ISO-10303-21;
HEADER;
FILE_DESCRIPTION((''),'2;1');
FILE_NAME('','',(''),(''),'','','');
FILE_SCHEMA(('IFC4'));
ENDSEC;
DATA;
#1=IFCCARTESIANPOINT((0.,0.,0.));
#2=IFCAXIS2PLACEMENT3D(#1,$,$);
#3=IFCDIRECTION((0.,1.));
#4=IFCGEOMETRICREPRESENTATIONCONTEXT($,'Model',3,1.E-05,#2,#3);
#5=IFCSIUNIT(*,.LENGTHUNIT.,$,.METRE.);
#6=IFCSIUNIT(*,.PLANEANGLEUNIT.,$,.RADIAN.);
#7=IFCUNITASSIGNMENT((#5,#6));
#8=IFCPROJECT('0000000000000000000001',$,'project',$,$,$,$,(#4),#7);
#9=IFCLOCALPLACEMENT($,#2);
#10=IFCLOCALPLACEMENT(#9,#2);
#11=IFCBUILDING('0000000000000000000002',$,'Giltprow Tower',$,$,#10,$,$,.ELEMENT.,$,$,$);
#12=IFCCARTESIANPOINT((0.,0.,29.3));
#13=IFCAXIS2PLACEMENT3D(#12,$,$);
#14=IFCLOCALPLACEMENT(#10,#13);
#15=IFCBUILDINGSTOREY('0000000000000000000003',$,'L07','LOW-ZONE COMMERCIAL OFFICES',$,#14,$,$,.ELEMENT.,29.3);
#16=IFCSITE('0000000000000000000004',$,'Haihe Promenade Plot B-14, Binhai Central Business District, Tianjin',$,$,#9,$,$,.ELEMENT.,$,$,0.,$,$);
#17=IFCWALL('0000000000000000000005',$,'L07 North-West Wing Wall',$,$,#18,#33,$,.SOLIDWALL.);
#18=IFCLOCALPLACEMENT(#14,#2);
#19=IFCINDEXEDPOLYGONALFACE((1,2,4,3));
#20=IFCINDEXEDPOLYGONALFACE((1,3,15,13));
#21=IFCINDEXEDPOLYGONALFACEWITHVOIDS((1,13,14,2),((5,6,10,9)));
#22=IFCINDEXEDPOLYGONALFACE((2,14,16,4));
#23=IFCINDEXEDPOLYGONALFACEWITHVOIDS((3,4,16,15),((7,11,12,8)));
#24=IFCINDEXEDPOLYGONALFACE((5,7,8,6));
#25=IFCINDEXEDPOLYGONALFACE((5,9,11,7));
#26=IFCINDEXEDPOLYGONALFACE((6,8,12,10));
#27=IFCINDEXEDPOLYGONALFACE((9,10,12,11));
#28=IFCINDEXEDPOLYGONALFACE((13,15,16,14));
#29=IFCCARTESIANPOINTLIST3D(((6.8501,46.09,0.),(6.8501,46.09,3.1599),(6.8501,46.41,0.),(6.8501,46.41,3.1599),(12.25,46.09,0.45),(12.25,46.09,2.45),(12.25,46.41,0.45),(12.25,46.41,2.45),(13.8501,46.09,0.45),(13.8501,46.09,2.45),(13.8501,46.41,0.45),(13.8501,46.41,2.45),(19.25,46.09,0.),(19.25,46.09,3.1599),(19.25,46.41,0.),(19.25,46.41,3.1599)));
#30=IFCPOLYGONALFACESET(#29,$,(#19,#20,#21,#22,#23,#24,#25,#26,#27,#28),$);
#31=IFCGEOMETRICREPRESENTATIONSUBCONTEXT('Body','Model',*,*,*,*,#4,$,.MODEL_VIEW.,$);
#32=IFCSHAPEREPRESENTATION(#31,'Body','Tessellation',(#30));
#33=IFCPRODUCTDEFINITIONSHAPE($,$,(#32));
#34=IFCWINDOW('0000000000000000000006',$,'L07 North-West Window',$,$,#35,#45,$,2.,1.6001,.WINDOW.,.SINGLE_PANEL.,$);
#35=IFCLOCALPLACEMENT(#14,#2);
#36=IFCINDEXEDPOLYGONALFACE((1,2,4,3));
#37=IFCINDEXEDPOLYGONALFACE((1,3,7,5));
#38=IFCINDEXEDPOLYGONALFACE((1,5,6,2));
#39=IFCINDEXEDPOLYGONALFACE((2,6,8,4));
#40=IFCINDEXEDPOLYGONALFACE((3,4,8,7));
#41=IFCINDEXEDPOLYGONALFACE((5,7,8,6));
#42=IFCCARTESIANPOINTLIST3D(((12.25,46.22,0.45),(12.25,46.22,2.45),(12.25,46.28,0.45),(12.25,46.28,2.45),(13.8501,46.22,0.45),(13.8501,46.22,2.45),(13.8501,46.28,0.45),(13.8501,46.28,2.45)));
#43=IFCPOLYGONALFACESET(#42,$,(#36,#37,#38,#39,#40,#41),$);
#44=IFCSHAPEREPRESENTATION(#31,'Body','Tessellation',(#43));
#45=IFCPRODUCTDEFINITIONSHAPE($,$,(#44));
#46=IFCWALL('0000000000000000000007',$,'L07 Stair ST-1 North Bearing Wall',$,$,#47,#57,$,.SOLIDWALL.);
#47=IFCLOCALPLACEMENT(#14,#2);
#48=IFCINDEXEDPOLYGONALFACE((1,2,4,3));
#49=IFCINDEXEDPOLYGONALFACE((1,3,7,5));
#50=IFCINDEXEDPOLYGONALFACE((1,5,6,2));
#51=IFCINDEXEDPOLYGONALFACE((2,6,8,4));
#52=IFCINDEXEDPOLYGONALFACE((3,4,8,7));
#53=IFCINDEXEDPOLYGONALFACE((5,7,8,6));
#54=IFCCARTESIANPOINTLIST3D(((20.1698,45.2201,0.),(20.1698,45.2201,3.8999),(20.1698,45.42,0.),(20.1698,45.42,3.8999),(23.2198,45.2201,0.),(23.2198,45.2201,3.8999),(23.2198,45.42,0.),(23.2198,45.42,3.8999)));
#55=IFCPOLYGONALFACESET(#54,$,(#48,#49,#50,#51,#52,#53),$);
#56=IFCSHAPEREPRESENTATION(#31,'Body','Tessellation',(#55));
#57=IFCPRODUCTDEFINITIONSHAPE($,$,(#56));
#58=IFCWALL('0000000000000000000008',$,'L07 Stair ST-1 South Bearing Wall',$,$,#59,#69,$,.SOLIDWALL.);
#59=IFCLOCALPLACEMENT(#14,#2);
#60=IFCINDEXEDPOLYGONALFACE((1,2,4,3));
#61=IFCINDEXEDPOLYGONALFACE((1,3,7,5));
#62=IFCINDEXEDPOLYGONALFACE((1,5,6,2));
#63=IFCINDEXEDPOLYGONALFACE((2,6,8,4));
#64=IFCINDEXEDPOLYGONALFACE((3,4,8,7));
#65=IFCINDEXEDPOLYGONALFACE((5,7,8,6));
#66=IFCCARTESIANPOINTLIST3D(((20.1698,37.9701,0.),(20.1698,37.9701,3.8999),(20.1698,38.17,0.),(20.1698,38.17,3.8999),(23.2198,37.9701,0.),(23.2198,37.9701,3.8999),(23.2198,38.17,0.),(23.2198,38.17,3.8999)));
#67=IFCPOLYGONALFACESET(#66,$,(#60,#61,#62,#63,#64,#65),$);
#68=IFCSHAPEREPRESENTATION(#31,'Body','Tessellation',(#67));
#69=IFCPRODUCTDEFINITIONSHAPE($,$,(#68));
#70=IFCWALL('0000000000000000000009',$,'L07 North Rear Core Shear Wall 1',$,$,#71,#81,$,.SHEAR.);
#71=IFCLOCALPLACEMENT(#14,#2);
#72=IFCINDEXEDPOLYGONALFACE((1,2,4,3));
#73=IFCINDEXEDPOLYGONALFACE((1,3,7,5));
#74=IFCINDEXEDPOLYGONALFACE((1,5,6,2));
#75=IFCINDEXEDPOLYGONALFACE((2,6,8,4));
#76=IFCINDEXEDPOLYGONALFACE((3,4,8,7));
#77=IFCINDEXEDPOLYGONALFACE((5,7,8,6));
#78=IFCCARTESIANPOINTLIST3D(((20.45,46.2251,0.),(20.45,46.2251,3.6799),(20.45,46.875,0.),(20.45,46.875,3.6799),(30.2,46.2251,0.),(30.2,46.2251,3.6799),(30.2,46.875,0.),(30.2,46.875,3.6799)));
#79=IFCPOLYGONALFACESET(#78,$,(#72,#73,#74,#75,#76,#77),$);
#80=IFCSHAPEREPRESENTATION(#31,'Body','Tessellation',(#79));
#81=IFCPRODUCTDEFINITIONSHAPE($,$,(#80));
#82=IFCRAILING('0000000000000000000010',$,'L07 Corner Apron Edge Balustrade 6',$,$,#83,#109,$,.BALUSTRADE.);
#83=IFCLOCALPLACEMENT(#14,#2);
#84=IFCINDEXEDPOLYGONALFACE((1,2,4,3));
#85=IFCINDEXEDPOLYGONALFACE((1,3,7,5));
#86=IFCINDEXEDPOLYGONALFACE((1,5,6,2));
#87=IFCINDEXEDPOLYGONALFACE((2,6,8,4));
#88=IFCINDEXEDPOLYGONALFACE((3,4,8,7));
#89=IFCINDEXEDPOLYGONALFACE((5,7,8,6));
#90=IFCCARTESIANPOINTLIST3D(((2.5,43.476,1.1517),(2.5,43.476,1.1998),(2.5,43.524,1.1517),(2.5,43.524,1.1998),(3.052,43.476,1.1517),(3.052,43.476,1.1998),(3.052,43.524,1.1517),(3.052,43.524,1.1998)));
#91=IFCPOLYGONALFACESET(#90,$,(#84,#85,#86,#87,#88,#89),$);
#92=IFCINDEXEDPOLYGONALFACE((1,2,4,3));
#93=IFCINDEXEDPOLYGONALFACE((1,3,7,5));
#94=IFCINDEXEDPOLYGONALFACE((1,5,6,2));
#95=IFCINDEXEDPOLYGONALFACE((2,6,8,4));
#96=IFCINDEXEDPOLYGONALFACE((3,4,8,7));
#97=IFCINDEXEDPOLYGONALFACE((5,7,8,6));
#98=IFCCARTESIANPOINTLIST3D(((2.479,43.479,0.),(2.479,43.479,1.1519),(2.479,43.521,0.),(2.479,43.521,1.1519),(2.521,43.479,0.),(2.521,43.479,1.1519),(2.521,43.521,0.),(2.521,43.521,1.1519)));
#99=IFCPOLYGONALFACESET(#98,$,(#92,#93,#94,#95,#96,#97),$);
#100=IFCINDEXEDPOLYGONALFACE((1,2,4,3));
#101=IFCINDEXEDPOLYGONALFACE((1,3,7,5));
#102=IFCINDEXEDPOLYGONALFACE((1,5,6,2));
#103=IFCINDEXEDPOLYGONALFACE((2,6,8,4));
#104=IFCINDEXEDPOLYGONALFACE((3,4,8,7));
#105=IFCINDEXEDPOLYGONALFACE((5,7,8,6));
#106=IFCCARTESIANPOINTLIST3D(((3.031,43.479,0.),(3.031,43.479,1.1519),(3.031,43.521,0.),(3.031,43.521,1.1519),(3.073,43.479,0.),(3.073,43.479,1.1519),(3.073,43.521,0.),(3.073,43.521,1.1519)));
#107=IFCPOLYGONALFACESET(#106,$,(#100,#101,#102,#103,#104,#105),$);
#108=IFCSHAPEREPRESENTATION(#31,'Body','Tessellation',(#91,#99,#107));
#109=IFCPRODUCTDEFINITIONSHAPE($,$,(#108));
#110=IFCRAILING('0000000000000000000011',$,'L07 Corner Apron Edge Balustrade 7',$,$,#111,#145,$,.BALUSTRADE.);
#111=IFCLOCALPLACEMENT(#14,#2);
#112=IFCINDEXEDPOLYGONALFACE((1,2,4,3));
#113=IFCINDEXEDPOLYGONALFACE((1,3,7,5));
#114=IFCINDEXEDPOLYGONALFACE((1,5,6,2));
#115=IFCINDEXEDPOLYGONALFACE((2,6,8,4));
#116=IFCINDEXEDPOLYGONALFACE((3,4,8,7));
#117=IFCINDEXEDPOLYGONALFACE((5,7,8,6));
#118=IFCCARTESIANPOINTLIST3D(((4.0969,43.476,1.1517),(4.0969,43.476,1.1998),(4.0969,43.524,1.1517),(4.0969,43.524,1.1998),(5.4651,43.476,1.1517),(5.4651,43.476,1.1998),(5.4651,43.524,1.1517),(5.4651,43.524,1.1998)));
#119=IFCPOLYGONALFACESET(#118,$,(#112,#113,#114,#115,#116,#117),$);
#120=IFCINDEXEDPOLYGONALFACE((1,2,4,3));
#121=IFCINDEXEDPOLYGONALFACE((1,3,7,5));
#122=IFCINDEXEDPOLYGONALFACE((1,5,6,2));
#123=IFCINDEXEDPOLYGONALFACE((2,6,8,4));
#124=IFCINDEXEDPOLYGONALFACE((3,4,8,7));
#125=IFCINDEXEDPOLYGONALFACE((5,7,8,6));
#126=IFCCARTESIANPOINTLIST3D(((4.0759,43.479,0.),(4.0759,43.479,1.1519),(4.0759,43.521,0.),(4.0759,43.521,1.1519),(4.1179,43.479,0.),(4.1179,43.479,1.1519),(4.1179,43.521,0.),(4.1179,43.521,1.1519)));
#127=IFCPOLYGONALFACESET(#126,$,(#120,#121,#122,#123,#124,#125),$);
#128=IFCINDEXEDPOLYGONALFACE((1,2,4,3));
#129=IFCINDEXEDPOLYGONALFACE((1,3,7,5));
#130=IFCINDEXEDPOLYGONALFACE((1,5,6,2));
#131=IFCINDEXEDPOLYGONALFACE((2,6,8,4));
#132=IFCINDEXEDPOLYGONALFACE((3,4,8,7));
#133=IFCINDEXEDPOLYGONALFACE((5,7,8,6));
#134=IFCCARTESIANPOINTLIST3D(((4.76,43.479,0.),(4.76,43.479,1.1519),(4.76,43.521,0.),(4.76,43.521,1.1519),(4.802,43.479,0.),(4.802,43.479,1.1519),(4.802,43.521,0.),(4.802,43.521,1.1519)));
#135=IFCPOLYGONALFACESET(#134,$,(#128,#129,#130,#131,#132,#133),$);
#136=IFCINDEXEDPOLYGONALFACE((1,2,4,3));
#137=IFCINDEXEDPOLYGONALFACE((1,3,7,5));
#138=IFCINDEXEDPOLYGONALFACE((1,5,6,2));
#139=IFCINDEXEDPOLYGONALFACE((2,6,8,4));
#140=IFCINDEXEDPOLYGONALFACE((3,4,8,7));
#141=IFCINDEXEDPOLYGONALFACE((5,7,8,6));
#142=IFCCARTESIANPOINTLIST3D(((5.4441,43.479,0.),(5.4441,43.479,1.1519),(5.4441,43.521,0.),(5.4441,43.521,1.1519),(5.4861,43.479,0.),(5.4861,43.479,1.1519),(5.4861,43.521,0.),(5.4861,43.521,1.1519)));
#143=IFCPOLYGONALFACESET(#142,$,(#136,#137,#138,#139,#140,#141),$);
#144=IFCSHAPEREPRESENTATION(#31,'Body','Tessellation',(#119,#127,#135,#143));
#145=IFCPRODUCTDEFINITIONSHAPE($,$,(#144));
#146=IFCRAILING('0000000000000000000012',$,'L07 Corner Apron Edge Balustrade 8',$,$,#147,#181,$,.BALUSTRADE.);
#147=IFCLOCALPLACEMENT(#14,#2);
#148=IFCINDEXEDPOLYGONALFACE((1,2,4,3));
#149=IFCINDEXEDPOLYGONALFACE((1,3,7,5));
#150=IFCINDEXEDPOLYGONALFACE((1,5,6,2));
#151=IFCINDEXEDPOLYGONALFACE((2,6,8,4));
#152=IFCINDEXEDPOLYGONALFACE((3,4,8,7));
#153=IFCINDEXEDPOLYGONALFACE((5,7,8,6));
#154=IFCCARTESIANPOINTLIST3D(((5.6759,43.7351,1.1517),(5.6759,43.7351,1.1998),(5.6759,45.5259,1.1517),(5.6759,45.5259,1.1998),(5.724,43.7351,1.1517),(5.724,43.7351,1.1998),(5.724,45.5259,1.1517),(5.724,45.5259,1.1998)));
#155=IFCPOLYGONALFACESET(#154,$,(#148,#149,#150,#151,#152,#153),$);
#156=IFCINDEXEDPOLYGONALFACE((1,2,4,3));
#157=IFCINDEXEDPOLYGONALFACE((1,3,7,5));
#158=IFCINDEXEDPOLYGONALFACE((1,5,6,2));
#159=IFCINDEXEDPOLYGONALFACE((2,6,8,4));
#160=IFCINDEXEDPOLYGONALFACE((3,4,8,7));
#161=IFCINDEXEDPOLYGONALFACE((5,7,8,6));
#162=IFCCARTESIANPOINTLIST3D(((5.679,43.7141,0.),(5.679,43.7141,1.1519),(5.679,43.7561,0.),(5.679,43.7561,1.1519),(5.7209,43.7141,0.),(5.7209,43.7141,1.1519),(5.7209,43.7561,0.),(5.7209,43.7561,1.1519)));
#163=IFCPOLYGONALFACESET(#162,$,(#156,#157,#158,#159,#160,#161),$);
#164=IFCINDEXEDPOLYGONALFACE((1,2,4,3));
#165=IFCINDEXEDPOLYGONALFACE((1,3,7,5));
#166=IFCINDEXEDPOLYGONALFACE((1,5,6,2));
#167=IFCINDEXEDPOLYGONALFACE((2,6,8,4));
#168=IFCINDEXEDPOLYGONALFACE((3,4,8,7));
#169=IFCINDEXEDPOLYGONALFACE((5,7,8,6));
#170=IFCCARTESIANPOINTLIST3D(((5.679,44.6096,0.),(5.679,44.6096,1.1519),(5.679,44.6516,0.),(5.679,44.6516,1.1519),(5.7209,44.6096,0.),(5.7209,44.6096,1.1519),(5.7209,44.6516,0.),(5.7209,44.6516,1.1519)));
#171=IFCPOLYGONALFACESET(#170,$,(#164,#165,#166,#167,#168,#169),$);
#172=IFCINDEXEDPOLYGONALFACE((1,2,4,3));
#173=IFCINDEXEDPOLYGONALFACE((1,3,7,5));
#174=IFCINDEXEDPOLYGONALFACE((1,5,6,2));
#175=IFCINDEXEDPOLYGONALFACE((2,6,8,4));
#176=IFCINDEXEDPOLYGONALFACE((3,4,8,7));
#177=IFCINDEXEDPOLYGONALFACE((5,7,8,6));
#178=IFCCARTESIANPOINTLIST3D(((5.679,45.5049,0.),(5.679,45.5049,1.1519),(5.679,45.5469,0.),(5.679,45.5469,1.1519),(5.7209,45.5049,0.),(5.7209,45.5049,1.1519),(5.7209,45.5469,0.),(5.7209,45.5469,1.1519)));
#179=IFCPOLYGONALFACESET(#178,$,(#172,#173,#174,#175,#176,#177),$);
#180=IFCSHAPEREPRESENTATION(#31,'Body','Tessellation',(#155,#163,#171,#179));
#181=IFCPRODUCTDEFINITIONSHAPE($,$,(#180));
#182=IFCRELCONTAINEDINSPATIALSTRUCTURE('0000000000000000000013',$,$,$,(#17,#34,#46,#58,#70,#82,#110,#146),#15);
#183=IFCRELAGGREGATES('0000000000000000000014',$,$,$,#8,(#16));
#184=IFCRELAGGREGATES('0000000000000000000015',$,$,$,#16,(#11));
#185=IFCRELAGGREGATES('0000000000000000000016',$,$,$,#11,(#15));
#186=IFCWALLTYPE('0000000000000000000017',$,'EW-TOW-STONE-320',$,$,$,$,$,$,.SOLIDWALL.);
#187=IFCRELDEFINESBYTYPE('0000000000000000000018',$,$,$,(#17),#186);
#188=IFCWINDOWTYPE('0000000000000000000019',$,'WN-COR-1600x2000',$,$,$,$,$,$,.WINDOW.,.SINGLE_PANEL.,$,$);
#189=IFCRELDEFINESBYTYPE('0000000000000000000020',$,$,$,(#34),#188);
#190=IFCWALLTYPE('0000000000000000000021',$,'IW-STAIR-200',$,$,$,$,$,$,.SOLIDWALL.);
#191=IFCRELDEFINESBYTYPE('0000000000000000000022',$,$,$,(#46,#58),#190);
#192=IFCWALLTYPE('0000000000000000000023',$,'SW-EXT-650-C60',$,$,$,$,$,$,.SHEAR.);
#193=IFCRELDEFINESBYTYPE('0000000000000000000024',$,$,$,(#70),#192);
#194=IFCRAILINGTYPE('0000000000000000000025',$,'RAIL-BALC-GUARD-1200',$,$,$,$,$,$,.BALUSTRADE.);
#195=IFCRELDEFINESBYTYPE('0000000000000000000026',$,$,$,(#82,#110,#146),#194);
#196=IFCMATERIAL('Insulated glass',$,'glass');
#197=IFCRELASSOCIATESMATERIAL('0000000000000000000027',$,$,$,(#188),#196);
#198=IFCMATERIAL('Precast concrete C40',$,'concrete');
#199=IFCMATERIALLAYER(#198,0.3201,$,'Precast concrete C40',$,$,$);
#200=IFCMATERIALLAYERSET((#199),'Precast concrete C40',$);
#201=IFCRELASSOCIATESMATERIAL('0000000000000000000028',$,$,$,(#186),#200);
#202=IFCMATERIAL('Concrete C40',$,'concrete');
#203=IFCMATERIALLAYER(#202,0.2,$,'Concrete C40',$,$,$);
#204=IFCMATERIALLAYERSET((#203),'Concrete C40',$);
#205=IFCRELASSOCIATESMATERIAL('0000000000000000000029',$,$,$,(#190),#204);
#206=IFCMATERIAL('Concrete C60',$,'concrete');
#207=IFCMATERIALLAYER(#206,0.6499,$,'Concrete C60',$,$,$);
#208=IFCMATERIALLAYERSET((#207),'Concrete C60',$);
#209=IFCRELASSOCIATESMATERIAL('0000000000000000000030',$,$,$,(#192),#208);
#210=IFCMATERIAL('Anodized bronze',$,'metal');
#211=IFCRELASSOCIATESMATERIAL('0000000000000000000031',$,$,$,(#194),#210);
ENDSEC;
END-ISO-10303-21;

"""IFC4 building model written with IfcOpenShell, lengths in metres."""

from ifc_helpers import new_model, si_unit, direction, frame, frame_2d, origin, origin_2d, place, context, subcontext, project, spatial, rectangle, extrude, source, transform, mapped, material, layer, layer_set, type_object, element, fill, save


model = new_model("IFC4")

# Units and contexts
model_context = context("Model", 3, precision=1e-05, world=origin(), true_north=direction((0.0, 1.0)))
body_context = subcontext(model_context, "Body", "Model", "MODEL_VIEW")
ifc_project = project(units=[si_unit("LENGTHUNIT", "METRE"), si_unit("PLANEANGLEUNIT", "RADIAN")], contexts=[model_context])

# Site, building, storey
site_placement = place(None, origin())
site = spatial("IfcSite", under=ifc_project, at=site_placement, Name="Haihe Promenade Plot B-14, Binhai Central Business District, Tianjin", CompositionType="ELEMENT", RefElevation=0.0)
building_placement = place(site_placement, origin())
building = spatial("IfcBuilding", under=site, at=building_placement, Name="Giltprow Tower", CompositionType="ELEMENT")
storey_placement = place(building_placement, frame((0.0, 0.0, 29.3)))
storey = spatial("IfcBuildingStorey", under=building, at=storey_placement, Name="L07", Description="LOW-ZONE COMMERCIAL OFFICES", CompositionType="ELEMENT", Elevation=29.3)

# Shared definitions
ifc_material_1 = material(Name="Concrete C60", Category="concrete")

# Wall, opening, window
ifc_material_2 = material(Name="Precast concrete C40", Category="concrete")
ifc_material_3 = material(Name="Insulated glass", Category="glass")
window_type = type_object("IfcWindowType", Name="WN-COR-1600x2000", PartitioningType="SINGLE_PANEL", PredefinedType="WINDOW", material=ifc_material_3)
shared_shape_1 = source(origin(), body_context, "Body", "SweptSolid", [
    extrude(rectangle(XDim=1.6001, YDim=2.0, at=frame_2d((0.8, 1.0))), frame((0.0, 0.03, 0.0), z_axis=(0.0, -1.0, 0.0), x_axis=(1.0, 0.0, 0.0)), (0.0, 0.0, 1.0), 0.0601),
])
ifc_layer_1 = layer(ifc_material_2, 0.3201, Name="Precast concrete C40")
ifc_layer_set_1 = layer_set([ifc_layer_1], Name="Precast concrete C40")
wall_type_1 = type_object("IfcWallType", Name="EW-TOW-STONE-320", PredefinedType="SOLIDWALL", material=ifc_layer_set_1)
wall_1_placement = place(storey_placement, frame((6.8501, 46.25, 0.0), z_axis=(0.0, 0.0, 1.0), x_axis=(1.0, 0.0, 0.0)))
wall_1 = element("IfcWall", 1, at=wall_1_placement, inside=storey, type_object=wall_type_1, Name="L07 North-West Wing Wall", PredefinedType="SOLIDWALL", context=body_context, shape_type="SweptSolid", body=[
    extrude(rectangle(XDim=12.3999, YDim=0.3201, at=frame_2d((6.2, 0.0))), origin(), (0.0, 0.0, 1.0), 3.1599),
])
opening_1_placement = place(wall_1_placement, frame((5.3999, 0.0, 0.45)))
opening_1 = element("IfcOpeningElement", 2, at=opening_1_placement, cuts=wall_1, PredefinedType="OPENING", context=body_context, shape_type="SweptSolid", body=[
    extrude(rectangle(XDim=1.6001, YDim=2.0, at=frame_2d((0.8, 1.0))), frame((0.0, 0.1699, 0.0), z_axis=(0.0, -1.0, 0.0), x_axis=(1.0, 0.0, 0.0)), (0.0, 0.0, 1.0), 0.3401),
])
window_1_placement = place(opening_1_placement, origin())
window_1 = element("IfcWindow", 3, at=window_1_placement, inside=storey, type_object=window_type, Name="L07 North-West Window", OverallHeight=2.0, OverallWidth=1.6001, PartitioningType="SINGLE_PANEL", PredefinedType="WINDOW", context=body_context, shape_type="MappedRepresentation", body=[
    mapped(shared_shape_1, transform((0.0, 0.0, 0.0), x_axis=(1.0, 0.0, 0.0), y_axis=(0.0, 1.0, 0.0), z_axis=(0.0, 0.0, 1.0), scale=1.0)),
])
fill(opening_1, window_1)

# Walls
ifc_material_4 = material(Name="Concrete C40", Category="concrete")
ifc_layer_2 = layer(ifc_material_4, 0.2, Name="Concrete C40")
ifc_layer_set_2 = layer_set([ifc_layer_2], Name="Concrete C40")
wall_type_2 = type_object("IfcWallType", Name="IW-STAIR-200", PredefinedType="SOLIDWALL", material=ifc_layer_set_2)
for number, where, z_axis, x_axis, name in (
    (4, (20.1699, 45.3201, 0.0), (0.0, 0.0, 1.0), (1.0, 0.0, 0.0), "L07 Stair ST-1 North Bearing Wall"),
    (5, (20.1699, 38.0701, 0.0), (0.0, 0.0, 1.0), (1.0, 0.0, 0.0), "L07 Stair ST-1 South Bearing Wall"),
):
    element("IfcWall", number, at=place(storey_placement, frame(where, z_axis=z_axis, x_axis=x_axis)), inside=storey, type_object=wall_type_2, Name=name, PredefinedType="SOLIDWALL", context=body_context, shape_type="SweptSolid", body=[
        extrude(rectangle(XDim=3.05, YDim=0.2, at=frame_2d((1.5249, 0.0))), origin(), (0.0, 0.0, 1.0), 3.8999),
    ])
ifc_layer_3 = layer(ifc_material_1, 0.6499, Name="Concrete C60")
ifc_layer_set_3 = layer_set([ifc_layer_3], Name="Concrete C60")
wall_type_3 = type_object("IfcWallType", Name="SW-EXT-650-C60", PredefinedType="SHEAR", material=ifc_layer_set_3)
wall_2_placement = place(storey_placement, frame((20.45, 46.55, 0.0), z_axis=(0.0, 0.0, 1.0), x_axis=(1.0, 0.0, 0.0)))
element("IfcWall", 6, at=wall_2_placement, inside=storey, type_object=wall_type_3, Name="L07 North Rear Core Shear Wall 1", PredefinedType="SHEAR", context=body_context, shape_type="SweptSolid", body=[
    extrude(rectangle(XDim=9.75, YDim=0.6499, at=frame_2d((4.875, 0.0))), origin(), (0.0, 0.0, 1.0), 3.6799),
])

# Railings
ifc_material_5 = material(Name="Anodized bronze", Category="metal")
railing_type_1 = type_object("IfcRailingType", Name="RAIL-BALC-GUARD-1200", PredefinedType="BALUSTRADE", material=ifc_material_5)
railing_1_placement = place(storey_placement, frame((2.5, 43.5, 0.0)))
element("IfcRailing", 7, at=railing_1_placement, inside=storey, type_object=railing_type_1, Name="L07 Corner Apron Edge Balustrade 6", PredefinedType="BALUSTRADE", context=body_context, shape_type="SweptSolid", body=[
    extrude(rectangle(XDim=0.0481, YDim=0.0481, at=origin_2d()), frame((0.0, 0.0, 1.1758), z_axis=(1.0, 0.0, 0.0), x_axis=(0.0, 1.0, 0.0)), (0.0, 0.0, 1.0), 0.552),
    extrude(rectangle(XDim=0.042, YDim=0.042, at=origin_2d()), origin(), (0.0, 0.0, 1.0), 1.1519),
    extrude(rectangle(XDim=0.042, YDim=0.042, at=origin_2d()), frame((0.552, 0.0, 0.0)), (0.0, 0.0, 1.0), 1.1519),
])
railing_2_placement = place(storey_placement, frame((4.0969, 43.5, 0.0)))
element("IfcRailing", 8, at=railing_2_placement, inside=storey, type_object=railing_type_1, Name="L07 Corner Apron Edge Balustrade 7", PredefinedType="BALUSTRADE", context=body_context, shape_type="SweptSolid", body=[
    extrude(rectangle(XDim=0.0481, YDim=0.0481, at=origin_2d()), frame((0.0, 0.0, 1.1758), z_axis=(1.0, 0.0, 0.0), x_axis=(0.0, 1.0, 0.0)), (0.0, 0.0, 1.0), 1.3682),
    extrude(rectangle(XDim=0.042, YDim=0.042, at=origin_2d()), origin(), (0.0, 0.0, 1.0), 1.1519),
    extrude(rectangle(XDim=0.042, YDim=0.042, at=origin_2d()), frame((0.6841, 0.0, 0.0)), (0.0, 0.0, 1.0), 1.1519),
    extrude(rectangle(XDim=0.042, YDim=0.042, at=origin_2d()), frame((1.3682, 0.0, 0.0)), (0.0, 0.0, 1.0), 1.1519),
])
railing_3_placement = place(storey_placement, frame((5.7, 43.7351, 0.0)))
element("IfcRailing", 9, at=railing_3_placement, inside=storey, type_object=railing_type_1, Name="L07 Corner Apron Edge Balustrade 8", PredefinedType="BALUSTRADE", context=body_context, shape_type="SweptSolid", body=[
    extrude(rectangle(XDim=0.0481, YDim=0.0481, at=origin_2d()), frame((0.0, 0.0, 1.1758), z_axis=(0.0, 1.0, 0.0), x_axis=(-1.0, 0.0, 0.0)), (0.0, 0.0, 1.0), 1.7908),
    extrude(rectangle(XDim=0.042, YDim=0.042, at=origin_2d()), origin(), (0.0, 0.0, 1.0), 1.1519),
    extrude(rectangle(XDim=0.042, YDim=0.042, at=origin_2d()), frame((0.0, 0.8955, 0.0)), (0.0, 0.0, 1.0), 1.1519),
    extrude(rectangle(XDim=0.042, YDim=0.042, at=origin_2d()), frame((0.0, 1.7908, 0.0)), (0.0, 0.0, 1.0), 1.1519),
])

save(model, "model.ifc")
